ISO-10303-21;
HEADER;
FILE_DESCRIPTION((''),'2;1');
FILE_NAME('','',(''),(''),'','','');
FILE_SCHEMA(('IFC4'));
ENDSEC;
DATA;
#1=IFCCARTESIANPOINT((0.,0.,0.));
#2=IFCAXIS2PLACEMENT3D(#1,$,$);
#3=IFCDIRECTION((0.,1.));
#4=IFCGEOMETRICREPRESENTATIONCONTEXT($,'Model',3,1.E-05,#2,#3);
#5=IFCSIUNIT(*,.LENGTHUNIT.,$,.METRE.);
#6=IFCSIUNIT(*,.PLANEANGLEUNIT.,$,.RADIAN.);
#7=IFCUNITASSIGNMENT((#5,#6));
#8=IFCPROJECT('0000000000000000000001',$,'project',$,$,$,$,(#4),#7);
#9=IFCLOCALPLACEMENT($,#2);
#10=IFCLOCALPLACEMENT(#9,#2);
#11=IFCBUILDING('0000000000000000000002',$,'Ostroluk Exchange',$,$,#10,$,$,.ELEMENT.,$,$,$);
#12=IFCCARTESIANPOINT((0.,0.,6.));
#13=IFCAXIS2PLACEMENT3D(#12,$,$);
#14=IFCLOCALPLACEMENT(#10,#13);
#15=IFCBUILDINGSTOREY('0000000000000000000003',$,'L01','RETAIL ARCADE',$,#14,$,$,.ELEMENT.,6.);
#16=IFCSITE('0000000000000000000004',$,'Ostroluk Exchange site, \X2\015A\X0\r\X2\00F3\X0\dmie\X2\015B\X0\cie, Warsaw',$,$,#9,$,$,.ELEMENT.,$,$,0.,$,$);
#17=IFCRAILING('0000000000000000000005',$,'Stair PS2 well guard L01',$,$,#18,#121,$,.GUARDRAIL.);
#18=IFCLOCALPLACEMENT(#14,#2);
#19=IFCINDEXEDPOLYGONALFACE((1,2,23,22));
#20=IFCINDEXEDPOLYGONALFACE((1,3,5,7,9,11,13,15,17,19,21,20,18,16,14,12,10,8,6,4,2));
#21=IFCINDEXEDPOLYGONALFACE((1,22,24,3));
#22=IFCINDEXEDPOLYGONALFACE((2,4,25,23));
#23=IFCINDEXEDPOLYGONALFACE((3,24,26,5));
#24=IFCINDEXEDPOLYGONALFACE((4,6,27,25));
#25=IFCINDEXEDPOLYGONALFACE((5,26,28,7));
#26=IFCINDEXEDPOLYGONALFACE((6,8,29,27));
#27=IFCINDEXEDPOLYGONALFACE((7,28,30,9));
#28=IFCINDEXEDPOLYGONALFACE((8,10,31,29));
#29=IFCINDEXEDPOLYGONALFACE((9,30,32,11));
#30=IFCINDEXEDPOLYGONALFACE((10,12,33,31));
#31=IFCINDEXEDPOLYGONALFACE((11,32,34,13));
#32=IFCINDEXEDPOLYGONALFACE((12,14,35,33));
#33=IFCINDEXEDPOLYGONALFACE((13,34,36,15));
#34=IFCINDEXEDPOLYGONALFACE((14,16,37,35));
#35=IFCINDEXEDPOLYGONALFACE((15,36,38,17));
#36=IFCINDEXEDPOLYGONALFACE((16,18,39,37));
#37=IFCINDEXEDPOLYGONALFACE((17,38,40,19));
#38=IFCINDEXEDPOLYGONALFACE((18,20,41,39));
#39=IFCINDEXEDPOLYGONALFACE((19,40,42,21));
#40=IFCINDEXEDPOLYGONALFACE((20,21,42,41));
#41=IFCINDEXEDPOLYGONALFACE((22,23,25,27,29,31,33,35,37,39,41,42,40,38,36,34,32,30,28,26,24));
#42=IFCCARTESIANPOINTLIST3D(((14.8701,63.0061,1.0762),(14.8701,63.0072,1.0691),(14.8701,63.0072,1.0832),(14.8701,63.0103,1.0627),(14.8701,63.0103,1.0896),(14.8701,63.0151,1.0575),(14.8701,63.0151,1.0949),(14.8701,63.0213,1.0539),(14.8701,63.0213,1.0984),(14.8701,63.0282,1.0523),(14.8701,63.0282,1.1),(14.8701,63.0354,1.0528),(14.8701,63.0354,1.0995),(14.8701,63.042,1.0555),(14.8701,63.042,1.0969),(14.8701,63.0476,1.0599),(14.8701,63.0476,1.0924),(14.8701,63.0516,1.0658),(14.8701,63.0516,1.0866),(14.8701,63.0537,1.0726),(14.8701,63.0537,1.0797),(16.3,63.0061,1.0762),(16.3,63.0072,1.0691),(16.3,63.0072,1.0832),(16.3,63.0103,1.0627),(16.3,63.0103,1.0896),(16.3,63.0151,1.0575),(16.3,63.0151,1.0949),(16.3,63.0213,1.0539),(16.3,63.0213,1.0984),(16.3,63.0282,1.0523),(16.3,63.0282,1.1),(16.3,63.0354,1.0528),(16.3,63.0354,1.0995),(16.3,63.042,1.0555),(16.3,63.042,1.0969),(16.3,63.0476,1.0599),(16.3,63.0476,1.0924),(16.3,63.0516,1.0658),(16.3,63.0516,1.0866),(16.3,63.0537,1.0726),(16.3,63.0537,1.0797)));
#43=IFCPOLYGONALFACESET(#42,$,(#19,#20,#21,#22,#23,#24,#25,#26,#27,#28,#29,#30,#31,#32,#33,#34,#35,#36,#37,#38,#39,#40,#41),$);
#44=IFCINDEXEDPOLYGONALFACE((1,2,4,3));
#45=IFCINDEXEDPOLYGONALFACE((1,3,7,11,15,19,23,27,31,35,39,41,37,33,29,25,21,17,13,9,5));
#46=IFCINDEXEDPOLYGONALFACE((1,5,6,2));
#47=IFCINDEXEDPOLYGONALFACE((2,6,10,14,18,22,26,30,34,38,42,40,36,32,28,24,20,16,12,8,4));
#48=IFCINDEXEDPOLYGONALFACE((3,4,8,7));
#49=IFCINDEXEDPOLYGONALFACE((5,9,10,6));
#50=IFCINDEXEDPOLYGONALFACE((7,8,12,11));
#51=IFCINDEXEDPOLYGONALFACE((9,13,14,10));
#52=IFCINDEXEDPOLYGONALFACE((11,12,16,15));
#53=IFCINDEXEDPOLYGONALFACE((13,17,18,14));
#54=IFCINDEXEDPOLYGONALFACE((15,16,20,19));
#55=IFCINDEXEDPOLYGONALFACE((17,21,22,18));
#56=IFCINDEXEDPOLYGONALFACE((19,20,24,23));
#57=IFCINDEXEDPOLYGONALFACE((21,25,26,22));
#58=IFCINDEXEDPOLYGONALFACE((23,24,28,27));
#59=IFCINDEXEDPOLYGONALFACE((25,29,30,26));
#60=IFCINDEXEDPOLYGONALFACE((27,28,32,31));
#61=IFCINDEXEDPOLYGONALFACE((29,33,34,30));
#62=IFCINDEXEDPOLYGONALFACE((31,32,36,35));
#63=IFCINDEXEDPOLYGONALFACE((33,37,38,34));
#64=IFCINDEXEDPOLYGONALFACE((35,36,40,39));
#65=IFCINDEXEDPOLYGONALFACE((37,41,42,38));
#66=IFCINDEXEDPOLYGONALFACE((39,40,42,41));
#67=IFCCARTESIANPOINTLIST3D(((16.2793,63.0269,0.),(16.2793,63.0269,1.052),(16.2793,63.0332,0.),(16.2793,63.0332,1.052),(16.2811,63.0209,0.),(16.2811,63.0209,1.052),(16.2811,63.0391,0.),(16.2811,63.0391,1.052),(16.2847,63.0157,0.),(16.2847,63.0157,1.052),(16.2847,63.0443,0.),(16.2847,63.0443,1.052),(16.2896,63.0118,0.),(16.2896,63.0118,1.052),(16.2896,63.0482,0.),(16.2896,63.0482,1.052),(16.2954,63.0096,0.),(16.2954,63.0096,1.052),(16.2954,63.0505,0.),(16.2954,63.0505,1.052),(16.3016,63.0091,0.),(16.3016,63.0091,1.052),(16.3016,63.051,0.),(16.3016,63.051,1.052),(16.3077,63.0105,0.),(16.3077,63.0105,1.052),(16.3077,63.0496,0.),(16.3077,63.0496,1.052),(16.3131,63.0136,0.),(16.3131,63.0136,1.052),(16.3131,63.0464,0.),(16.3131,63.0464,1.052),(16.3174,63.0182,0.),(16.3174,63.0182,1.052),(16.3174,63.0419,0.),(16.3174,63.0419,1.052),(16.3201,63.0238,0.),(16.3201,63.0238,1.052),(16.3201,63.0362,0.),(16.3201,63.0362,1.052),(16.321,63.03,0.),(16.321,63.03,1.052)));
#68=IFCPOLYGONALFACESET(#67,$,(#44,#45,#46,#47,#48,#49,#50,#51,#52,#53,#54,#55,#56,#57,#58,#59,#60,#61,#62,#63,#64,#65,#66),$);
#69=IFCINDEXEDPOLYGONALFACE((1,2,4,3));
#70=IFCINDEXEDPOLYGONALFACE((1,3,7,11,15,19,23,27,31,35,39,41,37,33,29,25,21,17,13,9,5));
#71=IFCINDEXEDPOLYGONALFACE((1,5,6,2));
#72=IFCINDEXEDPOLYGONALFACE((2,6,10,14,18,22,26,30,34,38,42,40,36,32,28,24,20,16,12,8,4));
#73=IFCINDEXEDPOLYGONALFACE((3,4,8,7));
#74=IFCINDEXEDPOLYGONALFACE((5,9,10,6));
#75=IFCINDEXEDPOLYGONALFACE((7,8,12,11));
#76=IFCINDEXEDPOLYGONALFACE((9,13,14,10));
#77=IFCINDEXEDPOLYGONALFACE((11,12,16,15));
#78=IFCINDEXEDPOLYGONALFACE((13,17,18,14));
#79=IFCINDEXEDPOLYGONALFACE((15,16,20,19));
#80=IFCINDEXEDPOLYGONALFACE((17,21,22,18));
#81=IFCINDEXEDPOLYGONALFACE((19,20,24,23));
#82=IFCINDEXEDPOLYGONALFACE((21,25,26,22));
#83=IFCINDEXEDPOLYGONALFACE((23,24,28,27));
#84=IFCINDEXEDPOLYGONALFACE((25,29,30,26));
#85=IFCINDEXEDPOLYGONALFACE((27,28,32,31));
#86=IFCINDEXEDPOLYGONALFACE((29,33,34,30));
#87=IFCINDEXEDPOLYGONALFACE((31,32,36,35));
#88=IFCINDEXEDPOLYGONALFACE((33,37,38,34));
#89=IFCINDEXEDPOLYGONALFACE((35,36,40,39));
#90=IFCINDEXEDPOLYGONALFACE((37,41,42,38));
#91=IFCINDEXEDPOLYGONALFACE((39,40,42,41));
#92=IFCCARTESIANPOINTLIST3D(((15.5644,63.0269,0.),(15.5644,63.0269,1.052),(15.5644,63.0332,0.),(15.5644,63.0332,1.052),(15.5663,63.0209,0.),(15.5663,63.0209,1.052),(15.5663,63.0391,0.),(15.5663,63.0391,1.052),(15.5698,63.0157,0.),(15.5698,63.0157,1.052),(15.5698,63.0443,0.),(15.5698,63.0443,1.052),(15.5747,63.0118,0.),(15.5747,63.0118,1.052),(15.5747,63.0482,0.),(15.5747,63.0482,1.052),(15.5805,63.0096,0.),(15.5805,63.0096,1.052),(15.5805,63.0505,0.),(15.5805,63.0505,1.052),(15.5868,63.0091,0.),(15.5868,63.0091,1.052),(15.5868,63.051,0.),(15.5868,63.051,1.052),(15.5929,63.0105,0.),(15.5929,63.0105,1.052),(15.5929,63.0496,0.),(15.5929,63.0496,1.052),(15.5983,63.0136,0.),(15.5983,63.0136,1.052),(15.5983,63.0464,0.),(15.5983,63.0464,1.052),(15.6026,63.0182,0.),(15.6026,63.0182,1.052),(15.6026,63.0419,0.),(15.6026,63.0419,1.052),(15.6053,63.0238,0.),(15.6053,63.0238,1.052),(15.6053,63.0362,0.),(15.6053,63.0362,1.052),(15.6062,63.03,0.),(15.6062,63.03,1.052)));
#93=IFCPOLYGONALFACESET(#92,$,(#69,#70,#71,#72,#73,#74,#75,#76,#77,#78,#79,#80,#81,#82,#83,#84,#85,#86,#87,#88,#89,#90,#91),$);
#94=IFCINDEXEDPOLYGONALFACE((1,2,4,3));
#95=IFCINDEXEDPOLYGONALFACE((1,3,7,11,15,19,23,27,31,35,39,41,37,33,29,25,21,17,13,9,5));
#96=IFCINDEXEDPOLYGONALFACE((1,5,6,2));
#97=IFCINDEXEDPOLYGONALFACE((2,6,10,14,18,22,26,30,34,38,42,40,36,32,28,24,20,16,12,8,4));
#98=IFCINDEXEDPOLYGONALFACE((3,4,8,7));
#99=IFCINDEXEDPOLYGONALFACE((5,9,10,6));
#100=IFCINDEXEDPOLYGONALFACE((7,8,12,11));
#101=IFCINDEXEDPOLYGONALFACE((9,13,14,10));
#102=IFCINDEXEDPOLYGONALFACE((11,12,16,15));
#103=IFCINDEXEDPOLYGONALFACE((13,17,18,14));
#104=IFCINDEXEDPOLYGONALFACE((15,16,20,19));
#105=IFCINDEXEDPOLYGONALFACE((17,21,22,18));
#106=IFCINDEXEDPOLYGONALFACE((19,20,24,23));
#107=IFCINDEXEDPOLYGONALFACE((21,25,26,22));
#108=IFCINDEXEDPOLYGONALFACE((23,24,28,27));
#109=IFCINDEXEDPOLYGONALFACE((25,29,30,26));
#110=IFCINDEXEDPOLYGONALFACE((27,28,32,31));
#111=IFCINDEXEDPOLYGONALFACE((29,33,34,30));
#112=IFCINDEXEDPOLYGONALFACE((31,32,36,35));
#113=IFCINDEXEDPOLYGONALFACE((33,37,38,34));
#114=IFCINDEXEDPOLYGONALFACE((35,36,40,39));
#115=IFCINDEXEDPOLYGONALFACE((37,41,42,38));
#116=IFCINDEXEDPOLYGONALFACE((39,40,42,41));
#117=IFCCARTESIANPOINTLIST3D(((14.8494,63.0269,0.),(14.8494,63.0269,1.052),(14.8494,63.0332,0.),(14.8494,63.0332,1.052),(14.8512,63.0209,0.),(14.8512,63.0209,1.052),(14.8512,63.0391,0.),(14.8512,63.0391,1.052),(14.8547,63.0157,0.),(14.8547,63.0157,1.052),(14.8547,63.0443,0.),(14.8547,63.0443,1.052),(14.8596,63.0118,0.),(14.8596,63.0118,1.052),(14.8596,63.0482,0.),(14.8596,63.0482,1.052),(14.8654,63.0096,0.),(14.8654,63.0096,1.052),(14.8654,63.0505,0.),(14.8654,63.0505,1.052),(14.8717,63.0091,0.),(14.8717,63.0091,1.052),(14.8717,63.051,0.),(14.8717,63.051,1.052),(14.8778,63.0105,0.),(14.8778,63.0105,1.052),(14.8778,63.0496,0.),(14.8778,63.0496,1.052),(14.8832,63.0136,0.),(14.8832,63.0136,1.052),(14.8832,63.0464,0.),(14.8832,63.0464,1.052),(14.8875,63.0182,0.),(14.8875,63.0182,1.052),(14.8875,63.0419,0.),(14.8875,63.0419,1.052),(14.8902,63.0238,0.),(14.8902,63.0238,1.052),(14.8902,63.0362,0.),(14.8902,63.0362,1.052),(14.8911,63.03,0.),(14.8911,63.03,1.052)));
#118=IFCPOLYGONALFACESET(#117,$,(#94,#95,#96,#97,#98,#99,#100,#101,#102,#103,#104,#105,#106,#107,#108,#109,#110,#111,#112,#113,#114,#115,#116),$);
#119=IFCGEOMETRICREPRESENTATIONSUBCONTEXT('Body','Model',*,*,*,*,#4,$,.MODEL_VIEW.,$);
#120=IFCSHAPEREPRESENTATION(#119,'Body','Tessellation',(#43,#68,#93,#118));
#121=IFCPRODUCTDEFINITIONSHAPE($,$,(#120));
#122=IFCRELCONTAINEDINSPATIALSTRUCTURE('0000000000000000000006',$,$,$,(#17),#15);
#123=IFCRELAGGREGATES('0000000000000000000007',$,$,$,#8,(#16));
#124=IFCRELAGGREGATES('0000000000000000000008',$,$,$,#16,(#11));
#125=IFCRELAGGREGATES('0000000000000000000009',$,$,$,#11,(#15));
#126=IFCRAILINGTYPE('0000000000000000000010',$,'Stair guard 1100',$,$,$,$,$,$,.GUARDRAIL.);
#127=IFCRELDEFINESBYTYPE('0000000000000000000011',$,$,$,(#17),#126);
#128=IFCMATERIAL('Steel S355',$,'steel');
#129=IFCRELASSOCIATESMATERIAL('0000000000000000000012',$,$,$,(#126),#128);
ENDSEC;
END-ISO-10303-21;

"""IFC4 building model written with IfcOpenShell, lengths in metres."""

from ifc_helpers import new_model, si_unit, direction, frame, origin, origin_2d, place, context, subcontext, project, spatial, circle, extrude, material, type_object, element, save


model = new_model("IFC4")

# Units and contexts
model_context = context("Model", 3, precision=1e-05, world=origin(), true_north=direction((0.0, 1.0)))
body_context = subcontext(model_context, "Body", "Model", "MODEL_VIEW")
ifc_project = project(units=[si_unit("LENGTHUNIT", "METRE"), si_unit("PLANEANGLEUNIT", "RADIAN")], contexts=[model_context])

# Site, building, storey
site_placement = place(None, origin())
site = spatial("IfcSite", under=ifc_project, at=site_placement, Name="Ostroluk Exchange site, Śródmieście, Warsaw", CompositionType="ELEMENT", RefElevation=0.0)
building_placement = place(site_placement, origin())
building = spatial("IfcBuilding", under=site, at=building_placement, Name="Ostroluk Exchange", CompositionType="ELEMENT")
storey_placement = place(building_placement, frame((0.0, 0.0, 6.0)))
storey = spatial("IfcBuildingStorey", under=building, at=storey_placement, Name="L01", Description="RETAIL ARCADE", CompositionType="ELEMENT", Elevation=6.0)

# Railing
ifc_material_1 = material(Name="Steel S355", Category="steel")
railing_type = type_object("IfcRailingType", Name="Stair guard 1100", PredefinedType="GUARDRAIL", material=ifc_material_1)
railing_placement = place(storey_placement, frame((16.3, 63.03, 0.0)))
element("IfcRailing", 1, at=railing_placement, inside=storey, type_object=railing_type, Name="Stair PS2 well guard L01", PredefinedType="GUARDRAIL", context=body_context, shape_type="SweptSolid", body=[
    extrude(circle(Radius=0.0239, at=origin_2d()), frame((0.0, 0.0, 1.0762), z_axis=(-1.0, 0.0, 0.0), x_axis=(0.0, -1.0, 0.0)), (0.0, 0.0, 1.0), 1.4299),
    extrude(circle(Radius=0.021, at=origin_2d()), origin(), (0.0, 0.0, 1.0), 1.052),
    extrude(circle(Radius=0.021, at=origin_2d()), frame((-0.7148, 0.0, 0.0)), (0.0, 0.0, 1.0), 1.052),
    extrude(circle(Radius=0.021, at=origin_2d()), frame((-1.4299, 0.0, 0.0)), (0.0, 0.0, 1.0), 1.052),
])

save(model, "model.ifc")
